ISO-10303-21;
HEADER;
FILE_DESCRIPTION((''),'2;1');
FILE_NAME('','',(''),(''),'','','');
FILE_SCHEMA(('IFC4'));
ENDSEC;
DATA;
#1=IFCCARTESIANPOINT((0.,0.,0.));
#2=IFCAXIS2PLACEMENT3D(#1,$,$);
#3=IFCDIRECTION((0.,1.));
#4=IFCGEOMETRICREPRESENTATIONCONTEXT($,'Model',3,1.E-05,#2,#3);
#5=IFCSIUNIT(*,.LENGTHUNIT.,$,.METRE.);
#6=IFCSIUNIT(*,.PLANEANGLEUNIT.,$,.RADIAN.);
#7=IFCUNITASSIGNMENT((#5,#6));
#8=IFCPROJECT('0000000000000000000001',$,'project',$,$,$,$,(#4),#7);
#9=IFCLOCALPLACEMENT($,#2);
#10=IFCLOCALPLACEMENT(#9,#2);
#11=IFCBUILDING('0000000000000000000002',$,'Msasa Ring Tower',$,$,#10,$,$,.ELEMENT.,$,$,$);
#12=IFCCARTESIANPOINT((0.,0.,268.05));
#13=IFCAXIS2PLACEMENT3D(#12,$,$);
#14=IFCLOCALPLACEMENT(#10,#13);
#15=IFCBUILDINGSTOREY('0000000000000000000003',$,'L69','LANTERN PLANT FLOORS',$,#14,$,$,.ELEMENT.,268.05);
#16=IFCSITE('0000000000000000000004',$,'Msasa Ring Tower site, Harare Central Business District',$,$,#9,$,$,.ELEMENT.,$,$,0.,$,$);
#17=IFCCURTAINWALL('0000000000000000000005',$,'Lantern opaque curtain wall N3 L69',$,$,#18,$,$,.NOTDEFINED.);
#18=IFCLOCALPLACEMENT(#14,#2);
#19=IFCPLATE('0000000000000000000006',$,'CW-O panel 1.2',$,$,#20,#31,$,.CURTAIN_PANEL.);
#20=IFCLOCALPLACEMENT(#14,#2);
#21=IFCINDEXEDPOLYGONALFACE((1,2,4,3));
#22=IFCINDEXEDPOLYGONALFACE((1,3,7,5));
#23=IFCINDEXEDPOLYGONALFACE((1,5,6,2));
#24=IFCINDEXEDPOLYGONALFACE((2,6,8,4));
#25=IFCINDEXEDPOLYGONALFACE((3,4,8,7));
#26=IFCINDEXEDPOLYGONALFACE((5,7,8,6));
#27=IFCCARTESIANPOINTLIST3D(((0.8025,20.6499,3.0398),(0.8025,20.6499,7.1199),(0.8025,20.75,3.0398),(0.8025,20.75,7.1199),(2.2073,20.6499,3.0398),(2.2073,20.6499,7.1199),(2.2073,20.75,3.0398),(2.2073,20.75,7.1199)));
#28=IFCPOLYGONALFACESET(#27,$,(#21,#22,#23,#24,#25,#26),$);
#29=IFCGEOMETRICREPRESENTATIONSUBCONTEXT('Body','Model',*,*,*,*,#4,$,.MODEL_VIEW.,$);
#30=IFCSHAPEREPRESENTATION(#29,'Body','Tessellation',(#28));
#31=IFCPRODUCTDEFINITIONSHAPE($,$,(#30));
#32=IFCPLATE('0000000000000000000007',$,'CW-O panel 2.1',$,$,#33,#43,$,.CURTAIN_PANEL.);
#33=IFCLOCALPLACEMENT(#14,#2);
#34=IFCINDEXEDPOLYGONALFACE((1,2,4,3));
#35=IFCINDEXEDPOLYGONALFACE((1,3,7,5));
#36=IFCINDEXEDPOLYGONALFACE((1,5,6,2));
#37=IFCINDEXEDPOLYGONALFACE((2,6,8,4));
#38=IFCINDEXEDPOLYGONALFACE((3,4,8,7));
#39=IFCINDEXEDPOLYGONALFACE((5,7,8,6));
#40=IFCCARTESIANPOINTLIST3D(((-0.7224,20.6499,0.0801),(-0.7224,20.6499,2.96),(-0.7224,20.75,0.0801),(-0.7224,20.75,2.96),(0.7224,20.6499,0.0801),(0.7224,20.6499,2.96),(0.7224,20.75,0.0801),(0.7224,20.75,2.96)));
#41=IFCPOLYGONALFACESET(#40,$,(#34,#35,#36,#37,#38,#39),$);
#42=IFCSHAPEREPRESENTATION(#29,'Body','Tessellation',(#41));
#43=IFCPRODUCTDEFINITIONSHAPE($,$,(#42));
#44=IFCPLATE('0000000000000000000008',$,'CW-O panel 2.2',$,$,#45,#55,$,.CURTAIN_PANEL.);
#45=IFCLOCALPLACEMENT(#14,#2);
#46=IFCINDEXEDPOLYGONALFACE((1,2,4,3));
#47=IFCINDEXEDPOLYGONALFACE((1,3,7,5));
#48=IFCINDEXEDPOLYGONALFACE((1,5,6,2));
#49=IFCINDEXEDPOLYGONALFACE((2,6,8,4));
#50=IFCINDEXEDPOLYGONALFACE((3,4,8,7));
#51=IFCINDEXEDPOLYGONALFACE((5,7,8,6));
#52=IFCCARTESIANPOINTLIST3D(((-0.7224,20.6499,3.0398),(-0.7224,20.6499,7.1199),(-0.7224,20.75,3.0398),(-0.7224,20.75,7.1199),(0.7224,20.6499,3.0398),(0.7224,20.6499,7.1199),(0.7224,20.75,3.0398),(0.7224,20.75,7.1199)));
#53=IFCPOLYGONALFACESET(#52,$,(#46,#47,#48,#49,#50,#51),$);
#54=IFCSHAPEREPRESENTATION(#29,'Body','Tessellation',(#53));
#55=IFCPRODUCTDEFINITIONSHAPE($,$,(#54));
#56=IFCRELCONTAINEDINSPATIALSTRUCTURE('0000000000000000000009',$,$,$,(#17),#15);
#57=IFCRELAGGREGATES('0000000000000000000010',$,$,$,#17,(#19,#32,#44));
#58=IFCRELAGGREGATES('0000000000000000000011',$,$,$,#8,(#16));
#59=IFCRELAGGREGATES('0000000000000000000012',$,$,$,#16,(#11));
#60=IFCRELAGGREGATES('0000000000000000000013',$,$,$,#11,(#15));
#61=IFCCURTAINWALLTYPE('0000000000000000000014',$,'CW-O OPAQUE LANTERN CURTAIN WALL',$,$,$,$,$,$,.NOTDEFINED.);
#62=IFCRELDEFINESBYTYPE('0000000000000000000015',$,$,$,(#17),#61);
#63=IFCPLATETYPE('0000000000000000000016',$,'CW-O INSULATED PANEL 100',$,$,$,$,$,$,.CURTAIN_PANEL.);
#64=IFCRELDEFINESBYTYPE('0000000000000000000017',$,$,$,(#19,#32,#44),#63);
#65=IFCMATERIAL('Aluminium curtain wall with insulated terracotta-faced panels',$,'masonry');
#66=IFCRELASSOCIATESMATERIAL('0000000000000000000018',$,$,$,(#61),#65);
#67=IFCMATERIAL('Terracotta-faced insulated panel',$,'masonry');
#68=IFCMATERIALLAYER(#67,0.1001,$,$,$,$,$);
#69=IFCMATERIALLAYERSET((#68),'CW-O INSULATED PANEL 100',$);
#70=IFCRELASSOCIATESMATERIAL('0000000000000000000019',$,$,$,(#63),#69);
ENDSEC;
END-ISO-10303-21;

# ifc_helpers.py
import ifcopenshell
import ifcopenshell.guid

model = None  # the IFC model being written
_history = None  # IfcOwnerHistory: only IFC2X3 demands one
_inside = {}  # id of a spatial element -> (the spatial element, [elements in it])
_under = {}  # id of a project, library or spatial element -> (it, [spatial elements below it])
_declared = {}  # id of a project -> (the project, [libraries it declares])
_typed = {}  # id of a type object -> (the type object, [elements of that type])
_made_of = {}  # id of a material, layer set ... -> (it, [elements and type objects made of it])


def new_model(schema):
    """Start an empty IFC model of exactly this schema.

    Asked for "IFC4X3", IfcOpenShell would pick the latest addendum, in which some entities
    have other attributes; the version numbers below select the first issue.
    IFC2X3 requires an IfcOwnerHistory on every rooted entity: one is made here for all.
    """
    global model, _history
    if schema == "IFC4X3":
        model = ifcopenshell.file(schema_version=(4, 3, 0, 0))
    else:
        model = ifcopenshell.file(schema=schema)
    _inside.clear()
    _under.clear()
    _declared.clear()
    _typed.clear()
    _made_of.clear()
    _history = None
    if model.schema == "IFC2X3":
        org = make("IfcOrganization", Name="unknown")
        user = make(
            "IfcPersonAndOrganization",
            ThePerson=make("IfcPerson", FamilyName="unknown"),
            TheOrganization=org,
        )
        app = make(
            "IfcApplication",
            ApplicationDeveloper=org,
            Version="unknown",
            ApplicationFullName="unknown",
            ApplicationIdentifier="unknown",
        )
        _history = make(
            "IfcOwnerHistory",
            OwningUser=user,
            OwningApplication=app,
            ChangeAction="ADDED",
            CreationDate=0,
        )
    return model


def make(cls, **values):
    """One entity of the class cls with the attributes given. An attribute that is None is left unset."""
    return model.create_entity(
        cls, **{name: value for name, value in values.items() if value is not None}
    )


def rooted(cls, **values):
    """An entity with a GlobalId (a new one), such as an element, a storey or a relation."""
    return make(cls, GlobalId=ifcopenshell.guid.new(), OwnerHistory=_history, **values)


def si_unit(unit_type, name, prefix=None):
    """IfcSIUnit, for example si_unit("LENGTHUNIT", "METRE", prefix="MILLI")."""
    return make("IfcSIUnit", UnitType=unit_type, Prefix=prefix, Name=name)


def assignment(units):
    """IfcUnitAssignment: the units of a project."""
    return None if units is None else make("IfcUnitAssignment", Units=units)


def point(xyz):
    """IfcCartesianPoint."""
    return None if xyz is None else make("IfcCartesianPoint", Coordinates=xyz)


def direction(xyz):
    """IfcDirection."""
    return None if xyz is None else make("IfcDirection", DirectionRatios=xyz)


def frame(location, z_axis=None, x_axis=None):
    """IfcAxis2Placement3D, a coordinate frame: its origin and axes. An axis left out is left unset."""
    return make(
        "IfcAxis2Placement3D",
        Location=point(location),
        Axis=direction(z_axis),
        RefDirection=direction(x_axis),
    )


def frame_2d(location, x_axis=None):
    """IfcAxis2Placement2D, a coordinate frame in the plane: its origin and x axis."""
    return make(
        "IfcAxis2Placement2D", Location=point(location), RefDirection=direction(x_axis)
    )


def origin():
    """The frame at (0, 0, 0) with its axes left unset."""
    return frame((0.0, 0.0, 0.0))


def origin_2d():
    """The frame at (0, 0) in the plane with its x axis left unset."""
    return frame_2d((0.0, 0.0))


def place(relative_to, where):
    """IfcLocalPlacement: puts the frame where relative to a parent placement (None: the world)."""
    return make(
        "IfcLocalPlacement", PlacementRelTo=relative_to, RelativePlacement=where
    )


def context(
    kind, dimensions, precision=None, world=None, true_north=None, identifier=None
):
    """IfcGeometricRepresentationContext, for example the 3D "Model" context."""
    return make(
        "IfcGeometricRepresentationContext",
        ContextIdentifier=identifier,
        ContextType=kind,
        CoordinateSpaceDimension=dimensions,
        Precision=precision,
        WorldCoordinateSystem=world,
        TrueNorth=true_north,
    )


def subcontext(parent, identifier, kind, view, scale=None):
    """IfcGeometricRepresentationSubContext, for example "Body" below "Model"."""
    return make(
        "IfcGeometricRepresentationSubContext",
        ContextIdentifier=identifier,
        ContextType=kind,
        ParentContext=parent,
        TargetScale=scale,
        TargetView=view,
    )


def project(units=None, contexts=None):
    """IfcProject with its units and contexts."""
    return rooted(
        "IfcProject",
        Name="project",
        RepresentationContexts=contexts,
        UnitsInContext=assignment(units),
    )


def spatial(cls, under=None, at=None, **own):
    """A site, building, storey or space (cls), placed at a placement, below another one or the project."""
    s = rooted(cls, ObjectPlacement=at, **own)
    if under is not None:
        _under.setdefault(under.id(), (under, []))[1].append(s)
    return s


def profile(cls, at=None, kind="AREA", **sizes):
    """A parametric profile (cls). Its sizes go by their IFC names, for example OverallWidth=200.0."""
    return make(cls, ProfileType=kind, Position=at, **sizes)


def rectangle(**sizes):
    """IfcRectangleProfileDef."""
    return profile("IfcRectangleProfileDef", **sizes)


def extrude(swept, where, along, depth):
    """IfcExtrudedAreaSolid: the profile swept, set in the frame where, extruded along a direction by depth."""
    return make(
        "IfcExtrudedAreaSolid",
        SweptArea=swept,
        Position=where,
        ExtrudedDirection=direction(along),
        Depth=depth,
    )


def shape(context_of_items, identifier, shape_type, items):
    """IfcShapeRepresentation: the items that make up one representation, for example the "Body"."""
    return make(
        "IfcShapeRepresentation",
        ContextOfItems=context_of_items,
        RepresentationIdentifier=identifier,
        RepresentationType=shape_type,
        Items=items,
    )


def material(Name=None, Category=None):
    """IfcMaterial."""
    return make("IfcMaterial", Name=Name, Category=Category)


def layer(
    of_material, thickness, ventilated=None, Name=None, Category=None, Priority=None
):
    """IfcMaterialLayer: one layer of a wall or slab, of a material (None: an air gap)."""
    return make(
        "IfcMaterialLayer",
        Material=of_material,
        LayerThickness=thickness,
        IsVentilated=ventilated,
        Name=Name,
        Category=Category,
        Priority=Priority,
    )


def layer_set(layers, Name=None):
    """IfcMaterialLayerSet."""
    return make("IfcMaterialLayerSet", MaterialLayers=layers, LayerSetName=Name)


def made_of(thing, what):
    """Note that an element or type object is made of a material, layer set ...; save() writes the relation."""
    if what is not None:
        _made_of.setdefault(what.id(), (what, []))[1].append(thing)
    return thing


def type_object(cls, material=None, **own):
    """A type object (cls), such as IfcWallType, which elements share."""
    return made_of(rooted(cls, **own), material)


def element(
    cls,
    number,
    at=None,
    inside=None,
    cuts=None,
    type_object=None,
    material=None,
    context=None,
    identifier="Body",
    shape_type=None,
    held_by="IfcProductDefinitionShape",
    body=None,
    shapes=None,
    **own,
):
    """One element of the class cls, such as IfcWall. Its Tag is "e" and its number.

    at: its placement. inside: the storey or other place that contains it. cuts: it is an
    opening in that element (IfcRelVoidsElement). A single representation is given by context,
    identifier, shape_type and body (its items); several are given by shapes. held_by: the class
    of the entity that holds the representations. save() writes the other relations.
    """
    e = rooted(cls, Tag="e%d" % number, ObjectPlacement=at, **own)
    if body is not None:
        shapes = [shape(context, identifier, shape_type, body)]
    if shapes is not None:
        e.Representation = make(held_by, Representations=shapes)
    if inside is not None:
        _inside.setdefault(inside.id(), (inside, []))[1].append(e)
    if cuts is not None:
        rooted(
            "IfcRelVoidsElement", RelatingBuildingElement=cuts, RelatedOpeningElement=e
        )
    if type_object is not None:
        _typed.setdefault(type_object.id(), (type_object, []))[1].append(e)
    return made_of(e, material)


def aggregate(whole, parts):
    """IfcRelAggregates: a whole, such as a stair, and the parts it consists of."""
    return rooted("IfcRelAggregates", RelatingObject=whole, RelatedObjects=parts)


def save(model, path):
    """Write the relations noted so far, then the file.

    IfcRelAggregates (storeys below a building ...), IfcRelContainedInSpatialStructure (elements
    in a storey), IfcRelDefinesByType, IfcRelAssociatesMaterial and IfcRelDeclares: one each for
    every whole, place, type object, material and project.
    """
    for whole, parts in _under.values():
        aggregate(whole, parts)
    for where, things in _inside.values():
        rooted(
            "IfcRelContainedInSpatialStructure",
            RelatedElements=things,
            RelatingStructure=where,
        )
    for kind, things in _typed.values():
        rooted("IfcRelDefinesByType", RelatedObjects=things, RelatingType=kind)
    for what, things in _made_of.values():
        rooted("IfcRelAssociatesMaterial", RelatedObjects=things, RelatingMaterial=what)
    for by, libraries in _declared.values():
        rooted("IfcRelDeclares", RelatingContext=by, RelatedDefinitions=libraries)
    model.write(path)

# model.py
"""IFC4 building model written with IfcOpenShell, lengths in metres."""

from ifc_helpers import new_model, si_unit, direction, frame, origin, origin_2d, place, context, subcontext, project, spatial, rectangle, extrude, material, layer, layer_set, type_object, element, aggregate, save


model = new_model("IFC4")

# Units and contexts
model_context = context("Model", 3, precision=1e-05, world=origin(), true_north=direction((0.0, 1.0)))
body_context = subcontext(model_context, "Body", "Model", "MODEL_VIEW")
ifc_project = project(units=[si_unit("LENGTHUNIT", "METRE"), si_unit("PLANEANGLEUNIT", "RADIAN")], contexts=[model_context])

# Site, building, storey
site_placement = place(None, origin())
site = spatial("IfcSite", under=ifc_project, at=site_placement, Name="Msasa Ring Tower site, Harare Central Business District", CompositionType="ELEMENT", RefElevation=0.0)
building_placement = place(site_placement, origin())
building = spatial("IfcBuilding", under=site, at=building_placement, Name="Msasa Ring Tower", CompositionType="ELEMENT")
storey_placement = place(building_placement, frame((0.0, 0.0, 268.05)))
storey = spatial("IfcBuildingStorey", under=building, at=storey_placement, Name="L69", Description="LANTERN PLANT FLOORS", CompositionType="ELEMENT", Elevation=268.05)

# Curtain wall
ifc_material_1 = material(Name="Aluminium curtain wall with insulated terracotta-faced panels", Category="masonry")
curtain_wall_type_1 = type_object("IfcCurtainWallType", Name="CW-O OPAQUE LANTERN CURTAIN WALL", PredefinedType="NOTDEFINED", material=ifc_material_1)
curtain_wall_1_placement = place(storey_placement, origin())
curtain_wall_1 = element("IfcCurtainWall", 1, at=curtain_wall_1_placement, inside=storey, type_object=curtain_wall_type_1, Name="Lantern opaque curtain wall N3 L69", PredefinedType="NOTDEFINED")

# Plates
ifc_material_2 = material(Name="Terracotta-faced insulated panel", Category="masonry")
ifc_layer_1 = layer(ifc_material_2, 0.1001)
ifc_layer_set_1 = layer_set([ifc_layer_1], Name="CW-O INSULATED PANEL 100")
plate_type_1 = type_object("IfcPlateType", Name="CW-O INSULATED PANEL 100", PredefinedType="CURTAIN_PANEL", material=ifc_layer_set_1)
plate_1_placement = place(storey_placement, frame((1.5049, 20.7, 3.0398), z_axis=(0.0, 0.0, 1.0), x_axis=(-1.0, 0.0, 0.0)))
plate_1 = element("IfcPlate", 2, at=plate_1_placement, type_object=plate_type_1, Name="CW-O panel 1.2", PredefinedType="CURTAIN_PANEL", context=body_context, shape_type="SweptSolid", body=[
    extrude(rectangle(XDim=1.4048, YDim=0.1001, at=origin_2d()), origin(), (0.0, 0.0, 1.0), 4.0801),
])
plate_2_placement = place(storey_placement, frame((0.0, 20.7, 0.0801), z_axis=(0.0, 0.0, 1.0), x_axis=(-1.0, 0.0, 0.0)))
plate_2 = element("IfcPlate", 3, at=plate_2_placement, type_object=plate_type_1, Name="CW-O panel 2.1", PredefinedType="CURTAIN_PANEL", context=body_context, shape_type="SweptSolid", body=[
    extrude(rectangle(XDim=1.4448, YDim=0.1001, at=origin_2d()), origin(), (0.0, 0.0, 1.0), 2.8799),
])
plate_3_placement = place(storey_placement, frame((0.0, 20.7, 3.0398), z_axis=(0.0, 0.0, 1.0), x_axis=(-1.0, 0.0, 0.0)))
plate_3 = element("IfcPlate", 4, at=plate_3_placement, type_object=plate_type_1, Name="CW-O panel 2.2", PredefinedType="CURTAIN_PANEL", context=body_context, shape_type="SweptSolid", body=[
    extrude(rectangle(XDim=1.4448, YDim=0.1001, at=origin_2d()), origin(), (0.0, 0.0, 1.0), 4.0801),
])
aggregate(curtain_wall_1, [plate_1, plate_2, plate_3])

save(model, "model.ifc")
